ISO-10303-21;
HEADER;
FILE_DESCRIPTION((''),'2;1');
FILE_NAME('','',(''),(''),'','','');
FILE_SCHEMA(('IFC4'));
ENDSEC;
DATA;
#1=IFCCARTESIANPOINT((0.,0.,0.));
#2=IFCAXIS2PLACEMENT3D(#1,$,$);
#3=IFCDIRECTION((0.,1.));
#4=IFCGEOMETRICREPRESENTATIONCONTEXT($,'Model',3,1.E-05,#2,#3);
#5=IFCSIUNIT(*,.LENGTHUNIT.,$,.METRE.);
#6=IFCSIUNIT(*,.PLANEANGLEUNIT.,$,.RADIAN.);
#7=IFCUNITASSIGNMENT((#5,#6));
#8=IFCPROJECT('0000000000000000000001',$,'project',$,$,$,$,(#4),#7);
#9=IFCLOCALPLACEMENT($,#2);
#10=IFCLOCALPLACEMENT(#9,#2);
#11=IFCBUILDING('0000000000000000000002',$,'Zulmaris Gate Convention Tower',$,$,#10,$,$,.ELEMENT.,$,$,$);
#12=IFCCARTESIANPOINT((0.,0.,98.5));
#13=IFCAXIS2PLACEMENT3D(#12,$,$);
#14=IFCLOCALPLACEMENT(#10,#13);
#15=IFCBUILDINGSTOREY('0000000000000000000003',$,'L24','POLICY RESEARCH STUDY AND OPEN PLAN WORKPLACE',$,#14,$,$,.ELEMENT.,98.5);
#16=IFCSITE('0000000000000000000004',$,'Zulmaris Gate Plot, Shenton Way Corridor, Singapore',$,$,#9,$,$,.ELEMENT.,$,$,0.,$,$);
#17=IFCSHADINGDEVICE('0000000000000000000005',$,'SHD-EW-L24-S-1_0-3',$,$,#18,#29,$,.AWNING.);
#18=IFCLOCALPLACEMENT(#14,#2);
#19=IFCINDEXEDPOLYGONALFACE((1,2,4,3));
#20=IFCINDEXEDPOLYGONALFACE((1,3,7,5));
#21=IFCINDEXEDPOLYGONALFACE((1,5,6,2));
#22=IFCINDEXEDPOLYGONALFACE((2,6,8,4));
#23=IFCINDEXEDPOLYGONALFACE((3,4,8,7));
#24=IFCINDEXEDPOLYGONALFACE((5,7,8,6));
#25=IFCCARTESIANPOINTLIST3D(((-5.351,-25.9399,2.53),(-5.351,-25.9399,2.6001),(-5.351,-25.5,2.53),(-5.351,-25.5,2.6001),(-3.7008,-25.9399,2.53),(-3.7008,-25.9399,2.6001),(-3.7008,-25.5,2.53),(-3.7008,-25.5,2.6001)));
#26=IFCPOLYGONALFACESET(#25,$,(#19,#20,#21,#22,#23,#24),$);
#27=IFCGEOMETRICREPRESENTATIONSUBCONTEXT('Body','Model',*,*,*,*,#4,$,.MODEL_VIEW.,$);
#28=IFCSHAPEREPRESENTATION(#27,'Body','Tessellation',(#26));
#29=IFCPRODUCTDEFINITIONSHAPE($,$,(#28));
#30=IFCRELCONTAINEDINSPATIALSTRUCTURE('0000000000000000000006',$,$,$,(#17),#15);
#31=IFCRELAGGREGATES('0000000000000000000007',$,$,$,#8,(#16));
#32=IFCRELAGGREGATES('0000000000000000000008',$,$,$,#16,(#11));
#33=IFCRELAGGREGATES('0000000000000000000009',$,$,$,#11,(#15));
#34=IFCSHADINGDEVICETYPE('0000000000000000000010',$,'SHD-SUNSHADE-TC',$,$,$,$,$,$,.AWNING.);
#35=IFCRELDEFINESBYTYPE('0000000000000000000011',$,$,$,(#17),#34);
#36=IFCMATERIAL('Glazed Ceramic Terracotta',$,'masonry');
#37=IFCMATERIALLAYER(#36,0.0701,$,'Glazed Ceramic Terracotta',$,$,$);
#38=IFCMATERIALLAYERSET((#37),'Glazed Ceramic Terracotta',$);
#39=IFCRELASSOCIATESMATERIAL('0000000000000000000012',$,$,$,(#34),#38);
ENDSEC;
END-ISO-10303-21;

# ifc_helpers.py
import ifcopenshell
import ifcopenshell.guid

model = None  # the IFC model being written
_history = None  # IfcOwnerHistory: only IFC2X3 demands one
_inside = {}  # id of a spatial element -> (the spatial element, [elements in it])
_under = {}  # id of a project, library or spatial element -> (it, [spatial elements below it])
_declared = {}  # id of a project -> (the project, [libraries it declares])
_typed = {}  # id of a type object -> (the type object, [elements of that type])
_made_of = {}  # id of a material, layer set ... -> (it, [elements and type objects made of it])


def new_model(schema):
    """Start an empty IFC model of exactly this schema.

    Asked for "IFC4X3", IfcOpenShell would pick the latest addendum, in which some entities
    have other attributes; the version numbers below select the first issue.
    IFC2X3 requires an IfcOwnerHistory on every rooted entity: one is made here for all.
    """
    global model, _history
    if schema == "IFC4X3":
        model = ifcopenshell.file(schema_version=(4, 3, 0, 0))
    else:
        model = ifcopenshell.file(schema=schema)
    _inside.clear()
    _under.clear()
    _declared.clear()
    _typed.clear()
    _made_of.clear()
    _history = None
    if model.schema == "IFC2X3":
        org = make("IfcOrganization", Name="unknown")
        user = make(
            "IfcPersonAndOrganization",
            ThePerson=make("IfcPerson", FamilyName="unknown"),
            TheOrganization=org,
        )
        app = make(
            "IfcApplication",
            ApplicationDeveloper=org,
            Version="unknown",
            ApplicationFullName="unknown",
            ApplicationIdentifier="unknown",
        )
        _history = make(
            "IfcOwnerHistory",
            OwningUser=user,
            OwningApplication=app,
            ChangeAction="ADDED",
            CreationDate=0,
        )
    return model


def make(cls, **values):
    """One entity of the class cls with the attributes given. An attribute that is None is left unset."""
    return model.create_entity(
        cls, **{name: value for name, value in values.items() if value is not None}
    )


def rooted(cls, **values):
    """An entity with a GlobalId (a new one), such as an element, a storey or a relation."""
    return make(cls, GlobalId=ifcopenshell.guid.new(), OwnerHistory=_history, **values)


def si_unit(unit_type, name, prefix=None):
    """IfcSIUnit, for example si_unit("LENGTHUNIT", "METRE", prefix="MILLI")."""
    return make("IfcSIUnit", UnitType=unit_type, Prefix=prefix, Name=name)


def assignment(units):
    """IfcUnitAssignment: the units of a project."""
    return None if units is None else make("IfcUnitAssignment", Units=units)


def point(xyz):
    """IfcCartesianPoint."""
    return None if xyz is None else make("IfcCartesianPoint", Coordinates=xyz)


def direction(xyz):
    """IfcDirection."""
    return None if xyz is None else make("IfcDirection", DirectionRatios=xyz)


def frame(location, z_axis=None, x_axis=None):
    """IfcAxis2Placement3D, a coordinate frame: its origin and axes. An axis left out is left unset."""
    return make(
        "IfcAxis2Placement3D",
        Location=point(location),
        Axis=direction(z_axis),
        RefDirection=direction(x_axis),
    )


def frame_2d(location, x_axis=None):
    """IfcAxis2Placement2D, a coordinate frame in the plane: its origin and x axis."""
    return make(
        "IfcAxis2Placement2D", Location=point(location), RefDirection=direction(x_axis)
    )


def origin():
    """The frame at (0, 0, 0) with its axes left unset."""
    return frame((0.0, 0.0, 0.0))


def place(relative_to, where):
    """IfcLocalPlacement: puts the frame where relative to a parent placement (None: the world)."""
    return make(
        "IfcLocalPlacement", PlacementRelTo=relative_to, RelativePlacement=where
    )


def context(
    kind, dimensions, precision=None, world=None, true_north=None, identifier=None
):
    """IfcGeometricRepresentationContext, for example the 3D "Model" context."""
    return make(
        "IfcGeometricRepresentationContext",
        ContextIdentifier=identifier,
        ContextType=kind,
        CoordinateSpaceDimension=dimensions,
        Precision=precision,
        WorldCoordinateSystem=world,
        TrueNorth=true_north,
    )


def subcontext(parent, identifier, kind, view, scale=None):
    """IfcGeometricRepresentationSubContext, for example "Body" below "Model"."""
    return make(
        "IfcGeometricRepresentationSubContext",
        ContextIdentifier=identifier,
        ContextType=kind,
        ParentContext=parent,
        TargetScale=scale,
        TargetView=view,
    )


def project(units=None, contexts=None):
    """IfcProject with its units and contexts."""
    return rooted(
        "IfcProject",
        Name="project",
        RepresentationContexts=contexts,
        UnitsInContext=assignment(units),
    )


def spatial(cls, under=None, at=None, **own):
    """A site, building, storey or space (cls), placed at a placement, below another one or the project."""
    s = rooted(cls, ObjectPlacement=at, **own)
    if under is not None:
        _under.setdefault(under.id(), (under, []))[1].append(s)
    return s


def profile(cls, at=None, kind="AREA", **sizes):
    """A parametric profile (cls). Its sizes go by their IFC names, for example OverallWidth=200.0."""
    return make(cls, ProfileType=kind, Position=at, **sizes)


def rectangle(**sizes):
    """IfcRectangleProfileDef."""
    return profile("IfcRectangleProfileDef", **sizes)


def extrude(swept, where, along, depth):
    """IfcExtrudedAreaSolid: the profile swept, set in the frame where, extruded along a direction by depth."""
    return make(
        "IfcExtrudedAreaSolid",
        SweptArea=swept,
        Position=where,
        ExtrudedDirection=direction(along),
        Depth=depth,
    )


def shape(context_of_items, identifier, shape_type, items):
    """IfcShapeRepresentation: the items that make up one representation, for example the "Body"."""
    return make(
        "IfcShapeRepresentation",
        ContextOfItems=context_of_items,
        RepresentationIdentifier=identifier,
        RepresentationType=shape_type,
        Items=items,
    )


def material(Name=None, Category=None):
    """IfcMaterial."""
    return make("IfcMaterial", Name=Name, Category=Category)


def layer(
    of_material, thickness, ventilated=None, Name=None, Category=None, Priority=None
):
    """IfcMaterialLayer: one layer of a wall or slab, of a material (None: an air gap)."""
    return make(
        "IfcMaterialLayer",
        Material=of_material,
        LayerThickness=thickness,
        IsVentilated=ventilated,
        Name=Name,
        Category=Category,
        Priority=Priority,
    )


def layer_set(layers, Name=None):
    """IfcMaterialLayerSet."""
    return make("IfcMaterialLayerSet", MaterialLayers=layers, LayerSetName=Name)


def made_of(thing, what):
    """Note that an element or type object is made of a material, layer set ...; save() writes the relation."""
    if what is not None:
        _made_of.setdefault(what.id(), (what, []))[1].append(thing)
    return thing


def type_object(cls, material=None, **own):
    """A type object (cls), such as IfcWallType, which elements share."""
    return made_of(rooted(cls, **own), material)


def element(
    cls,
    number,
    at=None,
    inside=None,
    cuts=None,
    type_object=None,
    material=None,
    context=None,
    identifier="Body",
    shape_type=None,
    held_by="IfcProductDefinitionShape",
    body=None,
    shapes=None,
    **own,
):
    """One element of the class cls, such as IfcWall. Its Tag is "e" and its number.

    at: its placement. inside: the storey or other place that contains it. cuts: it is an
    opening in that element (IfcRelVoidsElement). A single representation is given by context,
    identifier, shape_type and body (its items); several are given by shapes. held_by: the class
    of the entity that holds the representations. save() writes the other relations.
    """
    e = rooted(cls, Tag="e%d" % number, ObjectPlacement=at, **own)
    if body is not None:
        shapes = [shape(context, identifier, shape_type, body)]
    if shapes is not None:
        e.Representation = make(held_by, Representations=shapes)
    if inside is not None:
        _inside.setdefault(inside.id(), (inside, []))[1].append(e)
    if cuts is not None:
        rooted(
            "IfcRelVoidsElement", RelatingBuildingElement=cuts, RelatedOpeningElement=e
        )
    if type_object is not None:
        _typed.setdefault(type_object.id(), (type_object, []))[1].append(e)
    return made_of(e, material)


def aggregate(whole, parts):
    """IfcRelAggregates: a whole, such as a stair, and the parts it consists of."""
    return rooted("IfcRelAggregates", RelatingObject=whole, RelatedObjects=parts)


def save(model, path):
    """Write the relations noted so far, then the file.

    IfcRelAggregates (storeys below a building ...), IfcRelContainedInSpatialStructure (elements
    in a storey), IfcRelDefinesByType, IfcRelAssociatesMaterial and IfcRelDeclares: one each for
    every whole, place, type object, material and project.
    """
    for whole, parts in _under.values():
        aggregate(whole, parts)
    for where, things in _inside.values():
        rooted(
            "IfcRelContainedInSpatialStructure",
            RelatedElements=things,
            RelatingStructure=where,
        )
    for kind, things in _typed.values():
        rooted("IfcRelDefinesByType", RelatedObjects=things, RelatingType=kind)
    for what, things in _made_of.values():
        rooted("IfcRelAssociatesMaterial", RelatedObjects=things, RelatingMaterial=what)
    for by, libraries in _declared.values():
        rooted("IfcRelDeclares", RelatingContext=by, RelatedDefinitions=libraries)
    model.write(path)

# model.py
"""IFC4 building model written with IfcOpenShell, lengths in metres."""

from ifc_helpers import new_model, si_unit, direction, frame, frame_2d, origin, place, context, subcontext, project, spatial, rectangle, extrude, material, layer, layer_set, type_object, element, save


model = new_model("IFC4")

# Units and contexts
model_context = context("Model", 3, precision=1e-05, world=origin(), true_north=direction((0.0, 1.0)))
body_context = subcontext(model_context, "Body", "Model", "MODEL_VIEW")
ifc_project = project(units=[si_unit("LENGTHUNIT", "METRE"), si_unit("PLANEANGLEUNIT", "RADIAN")], contexts=[model_context])

# Site, building, storey
site_placement = place(None, origin())
site = spatial("IfcSite", under=ifc_project, at=site_placement, Name="Zulmaris Gate Plot, Shenton Way Corridor, Singapore", CompositionType="ELEMENT", RefElevation=0.0)
building_placement = place(site_placement, origin())
building = spatial("IfcBuilding", under=site, at=building_placement, Name="Zulmaris Gate Convention Tower", CompositionType="ELEMENT")
storey_placement = place(building_placement, frame((0.0, 0.0, 98.5)))
storey = spatial("IfcBuildingStorey", under=building, at=storey_placement, Name="L24", Description="POLICY RESEARCH STUDY AND OPEN PLAN WORKPLACE", CompositionType="ELEMENT", Elevation=98.5)

# Shading device
ifc_material_1 = material(Name="Glazed Ceramic Terracotta", Category="masonry")
ifc_layer_1 = layer(ifc_material_1, 0.0701, Name="Glazed Ceramic Terracotta")
ifc_layer_set_1 = layer_set([ifc_layer_1], Name="Glazed Ceramic Terracotta")
shading_device_type = type_object("IfcShadingDeviceType", Name="SHD-SUNSHADE-TC", PredefinedType="AWNING", material=ifc_layer_set_1)
shading_device_placement = place(storey_placement, frame((-5.3511, -25.72, 2.53), z_axis=(0.0, 0.0, 1.0), x_axis=(1.0, 0.0, 0.0)))
element("IfcShadingDevice", 1, at=shading_device_placement, inside=storey, type_object=shading_device_type, Name="SHD-EW-L24-S-1_0-3", PredefinedType="AWNING", context=body_context, shape_type="SweptSolid", body=[
    extrude(rectangle(XDim=1.6501, YDim=0.4399, at=frame_2d((0.8252, 0.0))), origin(), (0.0, 0.0, 1.0), 0.0701),
])

save(model, "model.ifc")
